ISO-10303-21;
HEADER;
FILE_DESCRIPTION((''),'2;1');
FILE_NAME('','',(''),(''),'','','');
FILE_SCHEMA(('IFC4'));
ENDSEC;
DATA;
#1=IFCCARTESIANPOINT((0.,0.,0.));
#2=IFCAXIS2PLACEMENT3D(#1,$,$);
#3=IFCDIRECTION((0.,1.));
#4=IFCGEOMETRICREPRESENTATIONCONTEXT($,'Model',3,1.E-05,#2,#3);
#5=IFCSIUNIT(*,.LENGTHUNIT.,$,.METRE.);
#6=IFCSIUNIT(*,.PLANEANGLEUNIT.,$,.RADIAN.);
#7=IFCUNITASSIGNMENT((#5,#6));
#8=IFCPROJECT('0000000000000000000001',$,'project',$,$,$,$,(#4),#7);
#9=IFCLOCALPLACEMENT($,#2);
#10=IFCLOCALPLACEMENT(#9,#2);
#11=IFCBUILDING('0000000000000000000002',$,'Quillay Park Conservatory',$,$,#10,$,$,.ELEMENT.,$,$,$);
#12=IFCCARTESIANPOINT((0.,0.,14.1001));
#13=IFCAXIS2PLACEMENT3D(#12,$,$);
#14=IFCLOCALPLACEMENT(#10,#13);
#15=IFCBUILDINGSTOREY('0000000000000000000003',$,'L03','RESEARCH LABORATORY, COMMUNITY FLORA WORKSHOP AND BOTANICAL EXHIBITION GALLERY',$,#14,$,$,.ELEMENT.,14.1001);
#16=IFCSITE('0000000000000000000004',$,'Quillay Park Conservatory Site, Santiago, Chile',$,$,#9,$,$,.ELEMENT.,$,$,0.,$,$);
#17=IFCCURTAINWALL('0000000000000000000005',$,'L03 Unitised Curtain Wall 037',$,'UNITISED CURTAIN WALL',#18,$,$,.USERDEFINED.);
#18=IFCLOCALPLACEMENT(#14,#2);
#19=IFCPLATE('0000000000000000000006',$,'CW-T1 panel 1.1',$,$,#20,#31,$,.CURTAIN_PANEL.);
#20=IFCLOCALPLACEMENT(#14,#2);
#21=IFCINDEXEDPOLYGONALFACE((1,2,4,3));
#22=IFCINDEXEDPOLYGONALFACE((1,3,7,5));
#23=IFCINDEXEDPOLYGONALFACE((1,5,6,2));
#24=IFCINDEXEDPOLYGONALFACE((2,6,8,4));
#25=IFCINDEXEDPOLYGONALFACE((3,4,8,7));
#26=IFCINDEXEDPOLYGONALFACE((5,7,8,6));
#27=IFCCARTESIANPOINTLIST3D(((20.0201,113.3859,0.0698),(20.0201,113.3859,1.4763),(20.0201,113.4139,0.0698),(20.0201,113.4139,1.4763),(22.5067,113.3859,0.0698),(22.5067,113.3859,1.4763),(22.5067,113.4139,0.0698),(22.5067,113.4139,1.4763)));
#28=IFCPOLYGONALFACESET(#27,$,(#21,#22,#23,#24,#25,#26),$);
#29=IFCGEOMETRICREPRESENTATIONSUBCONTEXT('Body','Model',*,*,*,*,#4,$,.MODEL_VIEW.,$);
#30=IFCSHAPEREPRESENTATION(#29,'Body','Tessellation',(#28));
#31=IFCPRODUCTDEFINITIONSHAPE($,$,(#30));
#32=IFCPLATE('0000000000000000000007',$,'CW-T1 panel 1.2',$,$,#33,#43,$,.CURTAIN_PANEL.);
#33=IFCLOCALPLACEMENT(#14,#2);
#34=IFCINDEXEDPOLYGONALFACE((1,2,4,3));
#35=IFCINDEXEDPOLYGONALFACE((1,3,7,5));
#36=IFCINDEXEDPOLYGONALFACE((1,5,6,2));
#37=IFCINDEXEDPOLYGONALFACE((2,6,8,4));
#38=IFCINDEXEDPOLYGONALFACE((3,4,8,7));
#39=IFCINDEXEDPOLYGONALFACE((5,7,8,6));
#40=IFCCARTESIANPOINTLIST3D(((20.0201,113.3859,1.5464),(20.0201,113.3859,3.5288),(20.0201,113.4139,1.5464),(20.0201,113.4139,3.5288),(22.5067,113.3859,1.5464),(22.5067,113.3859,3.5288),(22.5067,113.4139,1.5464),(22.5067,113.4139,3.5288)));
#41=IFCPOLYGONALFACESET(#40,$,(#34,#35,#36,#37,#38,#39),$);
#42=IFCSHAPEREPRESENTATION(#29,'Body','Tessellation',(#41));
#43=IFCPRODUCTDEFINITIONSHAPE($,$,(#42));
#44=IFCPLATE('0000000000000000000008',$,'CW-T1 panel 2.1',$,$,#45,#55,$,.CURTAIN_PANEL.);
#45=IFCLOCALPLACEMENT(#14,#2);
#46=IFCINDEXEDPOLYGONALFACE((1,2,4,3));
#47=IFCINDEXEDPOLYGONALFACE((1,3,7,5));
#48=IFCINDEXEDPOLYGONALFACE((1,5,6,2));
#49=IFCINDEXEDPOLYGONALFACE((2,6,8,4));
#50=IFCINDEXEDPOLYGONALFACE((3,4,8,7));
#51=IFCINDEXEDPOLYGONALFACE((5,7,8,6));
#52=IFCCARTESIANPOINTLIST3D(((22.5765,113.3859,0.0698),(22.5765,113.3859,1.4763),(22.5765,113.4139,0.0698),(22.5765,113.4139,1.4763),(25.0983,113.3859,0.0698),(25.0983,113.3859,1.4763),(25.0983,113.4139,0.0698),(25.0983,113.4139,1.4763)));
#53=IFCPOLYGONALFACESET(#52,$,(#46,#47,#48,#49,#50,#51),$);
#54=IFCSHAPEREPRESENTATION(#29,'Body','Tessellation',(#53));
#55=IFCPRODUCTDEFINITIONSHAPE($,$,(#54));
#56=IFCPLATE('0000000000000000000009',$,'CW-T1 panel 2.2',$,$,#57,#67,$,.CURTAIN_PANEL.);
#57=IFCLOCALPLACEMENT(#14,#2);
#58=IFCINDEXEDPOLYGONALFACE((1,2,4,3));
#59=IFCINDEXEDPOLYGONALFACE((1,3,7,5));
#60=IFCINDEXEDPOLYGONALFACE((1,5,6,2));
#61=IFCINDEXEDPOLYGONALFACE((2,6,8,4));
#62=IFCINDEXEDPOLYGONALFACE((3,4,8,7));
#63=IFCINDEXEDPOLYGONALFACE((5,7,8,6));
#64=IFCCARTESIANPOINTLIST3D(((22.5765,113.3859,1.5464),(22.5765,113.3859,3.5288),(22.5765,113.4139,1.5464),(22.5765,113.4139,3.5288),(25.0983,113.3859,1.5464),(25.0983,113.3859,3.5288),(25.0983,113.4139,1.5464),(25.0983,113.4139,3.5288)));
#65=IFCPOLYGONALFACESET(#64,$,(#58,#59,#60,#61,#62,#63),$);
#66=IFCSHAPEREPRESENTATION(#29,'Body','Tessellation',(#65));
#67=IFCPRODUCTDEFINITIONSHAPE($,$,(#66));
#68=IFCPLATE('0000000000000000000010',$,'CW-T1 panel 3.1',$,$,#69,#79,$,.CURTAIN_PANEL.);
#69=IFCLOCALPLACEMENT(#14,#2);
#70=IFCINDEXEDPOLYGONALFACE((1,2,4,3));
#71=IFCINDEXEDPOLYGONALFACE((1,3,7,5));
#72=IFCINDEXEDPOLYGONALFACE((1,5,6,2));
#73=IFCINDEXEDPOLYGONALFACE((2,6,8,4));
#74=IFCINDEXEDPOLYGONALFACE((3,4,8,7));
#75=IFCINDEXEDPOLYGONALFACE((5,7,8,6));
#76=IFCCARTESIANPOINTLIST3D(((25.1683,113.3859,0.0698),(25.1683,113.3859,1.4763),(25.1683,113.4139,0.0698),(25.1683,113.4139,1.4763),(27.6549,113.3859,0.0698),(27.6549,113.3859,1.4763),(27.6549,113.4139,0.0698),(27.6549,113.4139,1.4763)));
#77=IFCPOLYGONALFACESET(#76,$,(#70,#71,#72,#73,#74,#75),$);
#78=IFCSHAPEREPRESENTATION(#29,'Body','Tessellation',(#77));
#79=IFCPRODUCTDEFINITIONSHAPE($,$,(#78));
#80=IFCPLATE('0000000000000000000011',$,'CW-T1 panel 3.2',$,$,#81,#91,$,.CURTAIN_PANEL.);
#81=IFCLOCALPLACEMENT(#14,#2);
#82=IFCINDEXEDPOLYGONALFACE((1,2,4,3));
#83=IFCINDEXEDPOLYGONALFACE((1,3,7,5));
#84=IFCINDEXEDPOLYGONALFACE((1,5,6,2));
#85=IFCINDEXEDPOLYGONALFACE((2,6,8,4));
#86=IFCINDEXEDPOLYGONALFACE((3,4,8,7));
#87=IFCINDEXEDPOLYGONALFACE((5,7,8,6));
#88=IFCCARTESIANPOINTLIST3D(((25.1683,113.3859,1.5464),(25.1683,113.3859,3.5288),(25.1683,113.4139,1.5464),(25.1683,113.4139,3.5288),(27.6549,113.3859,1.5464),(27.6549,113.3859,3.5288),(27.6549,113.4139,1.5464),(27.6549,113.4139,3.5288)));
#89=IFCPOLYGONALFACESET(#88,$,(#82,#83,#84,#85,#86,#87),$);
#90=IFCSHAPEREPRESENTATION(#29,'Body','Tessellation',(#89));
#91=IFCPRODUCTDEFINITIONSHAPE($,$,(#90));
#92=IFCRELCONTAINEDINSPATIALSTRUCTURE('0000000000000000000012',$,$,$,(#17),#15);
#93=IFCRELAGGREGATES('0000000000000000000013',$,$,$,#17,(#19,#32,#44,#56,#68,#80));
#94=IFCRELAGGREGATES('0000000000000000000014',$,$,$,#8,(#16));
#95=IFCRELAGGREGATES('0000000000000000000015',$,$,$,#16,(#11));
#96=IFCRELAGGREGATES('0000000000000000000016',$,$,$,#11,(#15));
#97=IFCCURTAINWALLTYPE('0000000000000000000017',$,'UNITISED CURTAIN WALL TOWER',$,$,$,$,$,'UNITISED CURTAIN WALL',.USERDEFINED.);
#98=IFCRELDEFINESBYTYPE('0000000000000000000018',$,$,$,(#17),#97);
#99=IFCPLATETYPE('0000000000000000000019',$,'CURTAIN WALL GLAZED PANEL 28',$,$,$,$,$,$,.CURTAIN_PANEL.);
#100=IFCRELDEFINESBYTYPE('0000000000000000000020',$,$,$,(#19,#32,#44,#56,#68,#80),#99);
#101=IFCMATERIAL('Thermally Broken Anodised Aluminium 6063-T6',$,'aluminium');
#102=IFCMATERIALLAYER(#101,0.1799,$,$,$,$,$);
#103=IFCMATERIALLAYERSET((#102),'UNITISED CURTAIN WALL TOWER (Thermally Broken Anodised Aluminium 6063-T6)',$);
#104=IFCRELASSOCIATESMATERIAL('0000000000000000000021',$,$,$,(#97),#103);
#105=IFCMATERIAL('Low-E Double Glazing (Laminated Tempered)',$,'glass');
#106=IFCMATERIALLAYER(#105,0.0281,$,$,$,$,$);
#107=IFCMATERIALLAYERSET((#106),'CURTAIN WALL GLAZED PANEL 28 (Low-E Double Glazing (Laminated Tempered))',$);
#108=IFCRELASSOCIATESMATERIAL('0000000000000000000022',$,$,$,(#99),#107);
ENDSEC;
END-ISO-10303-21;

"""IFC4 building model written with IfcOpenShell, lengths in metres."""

from ifc_helpers import new_model, si_unit, direction, frame, origin, origin_2d, place, context, subcontext, project, spatial, rectangle, extrude, material, layer, layer_set, type_object, element, aggregate, save


model = new_model("IFC4")

# Units and contexts
model_context = context("Model", 3, precision=1e-05, world=origin(), true_north=direction((0.0, 1.0)))
body_context = subcontext(model_context, "Body", "Model", "MODEL_VIEW")
ifc_project = project(units=[si_unit("LENGTHUNIT", "METRE"), si_unit("PLANEANGLEUNIT", "RADIAN")], contexts=[model_context])

# Site, building, storey
site_placement = place(None, origin())
site = spatial("IfcSite", under=ifc_project, at=site_placement, Name="Quillay Park Conservatory Site, Santiago, Chile", CompositionType="ELEMENT", RefElevation=0.0)
building_placement = place(site_placement, origin())
building = spatial("IfcBuilding", under=site, at=building_placement, Name="Quillay Park Conservatory", CompositionType="ELEMENT")
storey_placement = place(building_placement, frame((0.0, 0.0, 14.1001)))
storey = spatial("IfcBuildingStorey", under=building, at=storey_placement, Name="L03", Description="RESEARCH LABORATORY, COMMUNITY FLORA WORKSHOP AND BOTANICAL EXHIBITION GALLERY", CompositionType="ELEMENT", Elevation=14.1001)

# Curtain wall
ifc_material_1 = material(Name="Thermally Broken Anodised Aluminium 6063-T6", Category="aluminium")
ifc_layer_1 = layer(ifc_material_1, 0.1799)
ifc_layer_set_1 = layer_set([ifc_layer_1], Name="UNITISED CURTAIN WALL TOWER (Thermally Broken Anodised Aluminium 6063-T6)")
curtain_wall_type = type_object("IfcCurtainWallType", Name="UNITISED CURTAIN WALL TOWER", ElementType="UNITISED CURTAIN WALL", PredefinedType="USERDEFINED", material=ifc_layer_set_1)
curtain_wall_placement = place(storey_placement, origin())
curtain_wall = element("IfcCurtainWall", 1, at=curtain_wall_placement, inside=storey, type_object=curtain_wall_type, Name="L03 Unitised Curtain Wall 037", ObjectType="UNITISED CURTAIN WALL", PredefinedType="USERDEFINED")

# Plates
ifc_material_2 = material(Name="Low-E Double Glazing (Laminated Tempered)", Category="glass")
ifc_layer_2 = layer(ifc_material_2, 0.0281)
ifc_layer_set_2 = layer_set([ifc_layer_2], Name="CURTAIN WALL GLAZED PANEL 28 (Low-E Double Glazing (Laminated Tempered))")
plate_type = type_object("IfcPlateType", Name="CURTAIN WALL GLAZED PANEL 28", PredefinedType="CURTAIN_PANEL", material=ifc_layer_set_2)
plate_1_placement = place(storey_placement, frame((21.2634, 113.3999, 0.0698), z_axis=(0.0, 0.0, 1.0), x_axis=(1.0, 0.0, 0.0)))
plate_1 = element("IfcPlate", 2, at=plate_1_placement, type_object=plate_type, Name="CW-T1 panel 1.1", PredefinedType="CURTAIN_PANEL", context=body_context, shape_type="SweptSolid", body=[
    extrude(rectangle(XDim=2.4866, YDim=0.0281, at=origin_2d()), origin(), (0.0, 0.0, 1.0), 1.4065),
])
plate_2_placement = place(storey_placement, frame((21.2634, 113.3999, 1.5464), z_axis=(0.0, 0.0, 1.0), x_axis=(1.0, 0.0, 0.0)))
plate_2 = element("IfcPlate", 3, at=plate_2_placement, type_object=plate_type, Name="CW-T1 panel 1.2", PredefinedType="CURTAIN_PANEL", context=body_context, shape_type="SweptSolid", body=[
    extrude(rectangle(XDim=2.4866, YDim=0.0281, at=origin_2d()), origin(), (0.0, 0.0, 1.0), 1.9824),
])
plate_3_placement = place(storey_placement, frame((23.8374, 113.3999, 0.0698), z_axis=(0.0, 0.0, 1.0), x_axis=(1.0, 0.0, 0.0)))
plate_3 = element("IfcPlate", 4, at=plate_3_placement, type_object=plate_type, Name="CW-T1 panel 2.1", PredefinedType="CURTAIN_PANEL", context=body_context, shape_type="SweptSolid", body=[
    extrude(rectangle(XDim=2.5217, YDim=0.0281, at=origin_2d()), origin(), (0.0, 0.0, 1.0), 1.4065),
])
plate_4_placement = place(storey_placement, frame((23.8374, 113.3999, 1.5464), z_axis=(0.0, 0.0, 1.0), x_axis=(1.0, 0.0, 0.0)))
plate_4 = element("IfcPlate", 5, at=plate_4_placement, type_object=plate_type, Name="CW-T1 panel 2.2", PredefinedType="CURTAIN_PANEL", context=body_context, shape_type="SweptSolid", body=[
    extrude(rectangle(XDim=2.5217, YDim=0.0281, at=origin_2d()), origin(), (0.0, 0.0, 1.0), 1.9824),
])
plate_5_placement = place(storey_placement, frame((26.4116, 113.3999, 0.0698), z_axis=(0.0, 0.0, 1.0), x_axis=(1.0, 0.0, 0.0)))
plate_5 = element("IfcPlate", 6, at=plate_5_placement, type_object=plate_type, Name="CW-T1 panel 3.1", PredefinedType="CURTAIN_PANEL", context=body_context, shape_type="SweptSolid", body=[
    extrude(rectangle(XDim=2.4866, YDim=0.0281, at=origin_2d()), origin(), (0.0, 0.0, 1.0), 1.4065),
])
plate_6_placement = place(storey_placement, frame((26.4116, 113.3999, 1.5464), z_axis=(0.0, 0.0, 1.0), x_axis=(1.0, 0.0, 0.0)))
plate_6 = element("IfcPlate", 7, at=plate_6_placement, type_object=plate_type, Name="CW-T1 panel 3.2", PredefinedType="CURTAIN_PANEL", context=body_context, shape_type="SweptSolid", body=[
    extrude(rectangle(XDim=2.4866, YDim=0.0281, at=origin_2d()), origin(), (0.0, 0.0, 1.0), 1.9824),
])
aggregate(curtain_wall, [plate_1, plate_2, plate_3, plate_4, plate_5, plate_6])

save(model, "model.ifc")
